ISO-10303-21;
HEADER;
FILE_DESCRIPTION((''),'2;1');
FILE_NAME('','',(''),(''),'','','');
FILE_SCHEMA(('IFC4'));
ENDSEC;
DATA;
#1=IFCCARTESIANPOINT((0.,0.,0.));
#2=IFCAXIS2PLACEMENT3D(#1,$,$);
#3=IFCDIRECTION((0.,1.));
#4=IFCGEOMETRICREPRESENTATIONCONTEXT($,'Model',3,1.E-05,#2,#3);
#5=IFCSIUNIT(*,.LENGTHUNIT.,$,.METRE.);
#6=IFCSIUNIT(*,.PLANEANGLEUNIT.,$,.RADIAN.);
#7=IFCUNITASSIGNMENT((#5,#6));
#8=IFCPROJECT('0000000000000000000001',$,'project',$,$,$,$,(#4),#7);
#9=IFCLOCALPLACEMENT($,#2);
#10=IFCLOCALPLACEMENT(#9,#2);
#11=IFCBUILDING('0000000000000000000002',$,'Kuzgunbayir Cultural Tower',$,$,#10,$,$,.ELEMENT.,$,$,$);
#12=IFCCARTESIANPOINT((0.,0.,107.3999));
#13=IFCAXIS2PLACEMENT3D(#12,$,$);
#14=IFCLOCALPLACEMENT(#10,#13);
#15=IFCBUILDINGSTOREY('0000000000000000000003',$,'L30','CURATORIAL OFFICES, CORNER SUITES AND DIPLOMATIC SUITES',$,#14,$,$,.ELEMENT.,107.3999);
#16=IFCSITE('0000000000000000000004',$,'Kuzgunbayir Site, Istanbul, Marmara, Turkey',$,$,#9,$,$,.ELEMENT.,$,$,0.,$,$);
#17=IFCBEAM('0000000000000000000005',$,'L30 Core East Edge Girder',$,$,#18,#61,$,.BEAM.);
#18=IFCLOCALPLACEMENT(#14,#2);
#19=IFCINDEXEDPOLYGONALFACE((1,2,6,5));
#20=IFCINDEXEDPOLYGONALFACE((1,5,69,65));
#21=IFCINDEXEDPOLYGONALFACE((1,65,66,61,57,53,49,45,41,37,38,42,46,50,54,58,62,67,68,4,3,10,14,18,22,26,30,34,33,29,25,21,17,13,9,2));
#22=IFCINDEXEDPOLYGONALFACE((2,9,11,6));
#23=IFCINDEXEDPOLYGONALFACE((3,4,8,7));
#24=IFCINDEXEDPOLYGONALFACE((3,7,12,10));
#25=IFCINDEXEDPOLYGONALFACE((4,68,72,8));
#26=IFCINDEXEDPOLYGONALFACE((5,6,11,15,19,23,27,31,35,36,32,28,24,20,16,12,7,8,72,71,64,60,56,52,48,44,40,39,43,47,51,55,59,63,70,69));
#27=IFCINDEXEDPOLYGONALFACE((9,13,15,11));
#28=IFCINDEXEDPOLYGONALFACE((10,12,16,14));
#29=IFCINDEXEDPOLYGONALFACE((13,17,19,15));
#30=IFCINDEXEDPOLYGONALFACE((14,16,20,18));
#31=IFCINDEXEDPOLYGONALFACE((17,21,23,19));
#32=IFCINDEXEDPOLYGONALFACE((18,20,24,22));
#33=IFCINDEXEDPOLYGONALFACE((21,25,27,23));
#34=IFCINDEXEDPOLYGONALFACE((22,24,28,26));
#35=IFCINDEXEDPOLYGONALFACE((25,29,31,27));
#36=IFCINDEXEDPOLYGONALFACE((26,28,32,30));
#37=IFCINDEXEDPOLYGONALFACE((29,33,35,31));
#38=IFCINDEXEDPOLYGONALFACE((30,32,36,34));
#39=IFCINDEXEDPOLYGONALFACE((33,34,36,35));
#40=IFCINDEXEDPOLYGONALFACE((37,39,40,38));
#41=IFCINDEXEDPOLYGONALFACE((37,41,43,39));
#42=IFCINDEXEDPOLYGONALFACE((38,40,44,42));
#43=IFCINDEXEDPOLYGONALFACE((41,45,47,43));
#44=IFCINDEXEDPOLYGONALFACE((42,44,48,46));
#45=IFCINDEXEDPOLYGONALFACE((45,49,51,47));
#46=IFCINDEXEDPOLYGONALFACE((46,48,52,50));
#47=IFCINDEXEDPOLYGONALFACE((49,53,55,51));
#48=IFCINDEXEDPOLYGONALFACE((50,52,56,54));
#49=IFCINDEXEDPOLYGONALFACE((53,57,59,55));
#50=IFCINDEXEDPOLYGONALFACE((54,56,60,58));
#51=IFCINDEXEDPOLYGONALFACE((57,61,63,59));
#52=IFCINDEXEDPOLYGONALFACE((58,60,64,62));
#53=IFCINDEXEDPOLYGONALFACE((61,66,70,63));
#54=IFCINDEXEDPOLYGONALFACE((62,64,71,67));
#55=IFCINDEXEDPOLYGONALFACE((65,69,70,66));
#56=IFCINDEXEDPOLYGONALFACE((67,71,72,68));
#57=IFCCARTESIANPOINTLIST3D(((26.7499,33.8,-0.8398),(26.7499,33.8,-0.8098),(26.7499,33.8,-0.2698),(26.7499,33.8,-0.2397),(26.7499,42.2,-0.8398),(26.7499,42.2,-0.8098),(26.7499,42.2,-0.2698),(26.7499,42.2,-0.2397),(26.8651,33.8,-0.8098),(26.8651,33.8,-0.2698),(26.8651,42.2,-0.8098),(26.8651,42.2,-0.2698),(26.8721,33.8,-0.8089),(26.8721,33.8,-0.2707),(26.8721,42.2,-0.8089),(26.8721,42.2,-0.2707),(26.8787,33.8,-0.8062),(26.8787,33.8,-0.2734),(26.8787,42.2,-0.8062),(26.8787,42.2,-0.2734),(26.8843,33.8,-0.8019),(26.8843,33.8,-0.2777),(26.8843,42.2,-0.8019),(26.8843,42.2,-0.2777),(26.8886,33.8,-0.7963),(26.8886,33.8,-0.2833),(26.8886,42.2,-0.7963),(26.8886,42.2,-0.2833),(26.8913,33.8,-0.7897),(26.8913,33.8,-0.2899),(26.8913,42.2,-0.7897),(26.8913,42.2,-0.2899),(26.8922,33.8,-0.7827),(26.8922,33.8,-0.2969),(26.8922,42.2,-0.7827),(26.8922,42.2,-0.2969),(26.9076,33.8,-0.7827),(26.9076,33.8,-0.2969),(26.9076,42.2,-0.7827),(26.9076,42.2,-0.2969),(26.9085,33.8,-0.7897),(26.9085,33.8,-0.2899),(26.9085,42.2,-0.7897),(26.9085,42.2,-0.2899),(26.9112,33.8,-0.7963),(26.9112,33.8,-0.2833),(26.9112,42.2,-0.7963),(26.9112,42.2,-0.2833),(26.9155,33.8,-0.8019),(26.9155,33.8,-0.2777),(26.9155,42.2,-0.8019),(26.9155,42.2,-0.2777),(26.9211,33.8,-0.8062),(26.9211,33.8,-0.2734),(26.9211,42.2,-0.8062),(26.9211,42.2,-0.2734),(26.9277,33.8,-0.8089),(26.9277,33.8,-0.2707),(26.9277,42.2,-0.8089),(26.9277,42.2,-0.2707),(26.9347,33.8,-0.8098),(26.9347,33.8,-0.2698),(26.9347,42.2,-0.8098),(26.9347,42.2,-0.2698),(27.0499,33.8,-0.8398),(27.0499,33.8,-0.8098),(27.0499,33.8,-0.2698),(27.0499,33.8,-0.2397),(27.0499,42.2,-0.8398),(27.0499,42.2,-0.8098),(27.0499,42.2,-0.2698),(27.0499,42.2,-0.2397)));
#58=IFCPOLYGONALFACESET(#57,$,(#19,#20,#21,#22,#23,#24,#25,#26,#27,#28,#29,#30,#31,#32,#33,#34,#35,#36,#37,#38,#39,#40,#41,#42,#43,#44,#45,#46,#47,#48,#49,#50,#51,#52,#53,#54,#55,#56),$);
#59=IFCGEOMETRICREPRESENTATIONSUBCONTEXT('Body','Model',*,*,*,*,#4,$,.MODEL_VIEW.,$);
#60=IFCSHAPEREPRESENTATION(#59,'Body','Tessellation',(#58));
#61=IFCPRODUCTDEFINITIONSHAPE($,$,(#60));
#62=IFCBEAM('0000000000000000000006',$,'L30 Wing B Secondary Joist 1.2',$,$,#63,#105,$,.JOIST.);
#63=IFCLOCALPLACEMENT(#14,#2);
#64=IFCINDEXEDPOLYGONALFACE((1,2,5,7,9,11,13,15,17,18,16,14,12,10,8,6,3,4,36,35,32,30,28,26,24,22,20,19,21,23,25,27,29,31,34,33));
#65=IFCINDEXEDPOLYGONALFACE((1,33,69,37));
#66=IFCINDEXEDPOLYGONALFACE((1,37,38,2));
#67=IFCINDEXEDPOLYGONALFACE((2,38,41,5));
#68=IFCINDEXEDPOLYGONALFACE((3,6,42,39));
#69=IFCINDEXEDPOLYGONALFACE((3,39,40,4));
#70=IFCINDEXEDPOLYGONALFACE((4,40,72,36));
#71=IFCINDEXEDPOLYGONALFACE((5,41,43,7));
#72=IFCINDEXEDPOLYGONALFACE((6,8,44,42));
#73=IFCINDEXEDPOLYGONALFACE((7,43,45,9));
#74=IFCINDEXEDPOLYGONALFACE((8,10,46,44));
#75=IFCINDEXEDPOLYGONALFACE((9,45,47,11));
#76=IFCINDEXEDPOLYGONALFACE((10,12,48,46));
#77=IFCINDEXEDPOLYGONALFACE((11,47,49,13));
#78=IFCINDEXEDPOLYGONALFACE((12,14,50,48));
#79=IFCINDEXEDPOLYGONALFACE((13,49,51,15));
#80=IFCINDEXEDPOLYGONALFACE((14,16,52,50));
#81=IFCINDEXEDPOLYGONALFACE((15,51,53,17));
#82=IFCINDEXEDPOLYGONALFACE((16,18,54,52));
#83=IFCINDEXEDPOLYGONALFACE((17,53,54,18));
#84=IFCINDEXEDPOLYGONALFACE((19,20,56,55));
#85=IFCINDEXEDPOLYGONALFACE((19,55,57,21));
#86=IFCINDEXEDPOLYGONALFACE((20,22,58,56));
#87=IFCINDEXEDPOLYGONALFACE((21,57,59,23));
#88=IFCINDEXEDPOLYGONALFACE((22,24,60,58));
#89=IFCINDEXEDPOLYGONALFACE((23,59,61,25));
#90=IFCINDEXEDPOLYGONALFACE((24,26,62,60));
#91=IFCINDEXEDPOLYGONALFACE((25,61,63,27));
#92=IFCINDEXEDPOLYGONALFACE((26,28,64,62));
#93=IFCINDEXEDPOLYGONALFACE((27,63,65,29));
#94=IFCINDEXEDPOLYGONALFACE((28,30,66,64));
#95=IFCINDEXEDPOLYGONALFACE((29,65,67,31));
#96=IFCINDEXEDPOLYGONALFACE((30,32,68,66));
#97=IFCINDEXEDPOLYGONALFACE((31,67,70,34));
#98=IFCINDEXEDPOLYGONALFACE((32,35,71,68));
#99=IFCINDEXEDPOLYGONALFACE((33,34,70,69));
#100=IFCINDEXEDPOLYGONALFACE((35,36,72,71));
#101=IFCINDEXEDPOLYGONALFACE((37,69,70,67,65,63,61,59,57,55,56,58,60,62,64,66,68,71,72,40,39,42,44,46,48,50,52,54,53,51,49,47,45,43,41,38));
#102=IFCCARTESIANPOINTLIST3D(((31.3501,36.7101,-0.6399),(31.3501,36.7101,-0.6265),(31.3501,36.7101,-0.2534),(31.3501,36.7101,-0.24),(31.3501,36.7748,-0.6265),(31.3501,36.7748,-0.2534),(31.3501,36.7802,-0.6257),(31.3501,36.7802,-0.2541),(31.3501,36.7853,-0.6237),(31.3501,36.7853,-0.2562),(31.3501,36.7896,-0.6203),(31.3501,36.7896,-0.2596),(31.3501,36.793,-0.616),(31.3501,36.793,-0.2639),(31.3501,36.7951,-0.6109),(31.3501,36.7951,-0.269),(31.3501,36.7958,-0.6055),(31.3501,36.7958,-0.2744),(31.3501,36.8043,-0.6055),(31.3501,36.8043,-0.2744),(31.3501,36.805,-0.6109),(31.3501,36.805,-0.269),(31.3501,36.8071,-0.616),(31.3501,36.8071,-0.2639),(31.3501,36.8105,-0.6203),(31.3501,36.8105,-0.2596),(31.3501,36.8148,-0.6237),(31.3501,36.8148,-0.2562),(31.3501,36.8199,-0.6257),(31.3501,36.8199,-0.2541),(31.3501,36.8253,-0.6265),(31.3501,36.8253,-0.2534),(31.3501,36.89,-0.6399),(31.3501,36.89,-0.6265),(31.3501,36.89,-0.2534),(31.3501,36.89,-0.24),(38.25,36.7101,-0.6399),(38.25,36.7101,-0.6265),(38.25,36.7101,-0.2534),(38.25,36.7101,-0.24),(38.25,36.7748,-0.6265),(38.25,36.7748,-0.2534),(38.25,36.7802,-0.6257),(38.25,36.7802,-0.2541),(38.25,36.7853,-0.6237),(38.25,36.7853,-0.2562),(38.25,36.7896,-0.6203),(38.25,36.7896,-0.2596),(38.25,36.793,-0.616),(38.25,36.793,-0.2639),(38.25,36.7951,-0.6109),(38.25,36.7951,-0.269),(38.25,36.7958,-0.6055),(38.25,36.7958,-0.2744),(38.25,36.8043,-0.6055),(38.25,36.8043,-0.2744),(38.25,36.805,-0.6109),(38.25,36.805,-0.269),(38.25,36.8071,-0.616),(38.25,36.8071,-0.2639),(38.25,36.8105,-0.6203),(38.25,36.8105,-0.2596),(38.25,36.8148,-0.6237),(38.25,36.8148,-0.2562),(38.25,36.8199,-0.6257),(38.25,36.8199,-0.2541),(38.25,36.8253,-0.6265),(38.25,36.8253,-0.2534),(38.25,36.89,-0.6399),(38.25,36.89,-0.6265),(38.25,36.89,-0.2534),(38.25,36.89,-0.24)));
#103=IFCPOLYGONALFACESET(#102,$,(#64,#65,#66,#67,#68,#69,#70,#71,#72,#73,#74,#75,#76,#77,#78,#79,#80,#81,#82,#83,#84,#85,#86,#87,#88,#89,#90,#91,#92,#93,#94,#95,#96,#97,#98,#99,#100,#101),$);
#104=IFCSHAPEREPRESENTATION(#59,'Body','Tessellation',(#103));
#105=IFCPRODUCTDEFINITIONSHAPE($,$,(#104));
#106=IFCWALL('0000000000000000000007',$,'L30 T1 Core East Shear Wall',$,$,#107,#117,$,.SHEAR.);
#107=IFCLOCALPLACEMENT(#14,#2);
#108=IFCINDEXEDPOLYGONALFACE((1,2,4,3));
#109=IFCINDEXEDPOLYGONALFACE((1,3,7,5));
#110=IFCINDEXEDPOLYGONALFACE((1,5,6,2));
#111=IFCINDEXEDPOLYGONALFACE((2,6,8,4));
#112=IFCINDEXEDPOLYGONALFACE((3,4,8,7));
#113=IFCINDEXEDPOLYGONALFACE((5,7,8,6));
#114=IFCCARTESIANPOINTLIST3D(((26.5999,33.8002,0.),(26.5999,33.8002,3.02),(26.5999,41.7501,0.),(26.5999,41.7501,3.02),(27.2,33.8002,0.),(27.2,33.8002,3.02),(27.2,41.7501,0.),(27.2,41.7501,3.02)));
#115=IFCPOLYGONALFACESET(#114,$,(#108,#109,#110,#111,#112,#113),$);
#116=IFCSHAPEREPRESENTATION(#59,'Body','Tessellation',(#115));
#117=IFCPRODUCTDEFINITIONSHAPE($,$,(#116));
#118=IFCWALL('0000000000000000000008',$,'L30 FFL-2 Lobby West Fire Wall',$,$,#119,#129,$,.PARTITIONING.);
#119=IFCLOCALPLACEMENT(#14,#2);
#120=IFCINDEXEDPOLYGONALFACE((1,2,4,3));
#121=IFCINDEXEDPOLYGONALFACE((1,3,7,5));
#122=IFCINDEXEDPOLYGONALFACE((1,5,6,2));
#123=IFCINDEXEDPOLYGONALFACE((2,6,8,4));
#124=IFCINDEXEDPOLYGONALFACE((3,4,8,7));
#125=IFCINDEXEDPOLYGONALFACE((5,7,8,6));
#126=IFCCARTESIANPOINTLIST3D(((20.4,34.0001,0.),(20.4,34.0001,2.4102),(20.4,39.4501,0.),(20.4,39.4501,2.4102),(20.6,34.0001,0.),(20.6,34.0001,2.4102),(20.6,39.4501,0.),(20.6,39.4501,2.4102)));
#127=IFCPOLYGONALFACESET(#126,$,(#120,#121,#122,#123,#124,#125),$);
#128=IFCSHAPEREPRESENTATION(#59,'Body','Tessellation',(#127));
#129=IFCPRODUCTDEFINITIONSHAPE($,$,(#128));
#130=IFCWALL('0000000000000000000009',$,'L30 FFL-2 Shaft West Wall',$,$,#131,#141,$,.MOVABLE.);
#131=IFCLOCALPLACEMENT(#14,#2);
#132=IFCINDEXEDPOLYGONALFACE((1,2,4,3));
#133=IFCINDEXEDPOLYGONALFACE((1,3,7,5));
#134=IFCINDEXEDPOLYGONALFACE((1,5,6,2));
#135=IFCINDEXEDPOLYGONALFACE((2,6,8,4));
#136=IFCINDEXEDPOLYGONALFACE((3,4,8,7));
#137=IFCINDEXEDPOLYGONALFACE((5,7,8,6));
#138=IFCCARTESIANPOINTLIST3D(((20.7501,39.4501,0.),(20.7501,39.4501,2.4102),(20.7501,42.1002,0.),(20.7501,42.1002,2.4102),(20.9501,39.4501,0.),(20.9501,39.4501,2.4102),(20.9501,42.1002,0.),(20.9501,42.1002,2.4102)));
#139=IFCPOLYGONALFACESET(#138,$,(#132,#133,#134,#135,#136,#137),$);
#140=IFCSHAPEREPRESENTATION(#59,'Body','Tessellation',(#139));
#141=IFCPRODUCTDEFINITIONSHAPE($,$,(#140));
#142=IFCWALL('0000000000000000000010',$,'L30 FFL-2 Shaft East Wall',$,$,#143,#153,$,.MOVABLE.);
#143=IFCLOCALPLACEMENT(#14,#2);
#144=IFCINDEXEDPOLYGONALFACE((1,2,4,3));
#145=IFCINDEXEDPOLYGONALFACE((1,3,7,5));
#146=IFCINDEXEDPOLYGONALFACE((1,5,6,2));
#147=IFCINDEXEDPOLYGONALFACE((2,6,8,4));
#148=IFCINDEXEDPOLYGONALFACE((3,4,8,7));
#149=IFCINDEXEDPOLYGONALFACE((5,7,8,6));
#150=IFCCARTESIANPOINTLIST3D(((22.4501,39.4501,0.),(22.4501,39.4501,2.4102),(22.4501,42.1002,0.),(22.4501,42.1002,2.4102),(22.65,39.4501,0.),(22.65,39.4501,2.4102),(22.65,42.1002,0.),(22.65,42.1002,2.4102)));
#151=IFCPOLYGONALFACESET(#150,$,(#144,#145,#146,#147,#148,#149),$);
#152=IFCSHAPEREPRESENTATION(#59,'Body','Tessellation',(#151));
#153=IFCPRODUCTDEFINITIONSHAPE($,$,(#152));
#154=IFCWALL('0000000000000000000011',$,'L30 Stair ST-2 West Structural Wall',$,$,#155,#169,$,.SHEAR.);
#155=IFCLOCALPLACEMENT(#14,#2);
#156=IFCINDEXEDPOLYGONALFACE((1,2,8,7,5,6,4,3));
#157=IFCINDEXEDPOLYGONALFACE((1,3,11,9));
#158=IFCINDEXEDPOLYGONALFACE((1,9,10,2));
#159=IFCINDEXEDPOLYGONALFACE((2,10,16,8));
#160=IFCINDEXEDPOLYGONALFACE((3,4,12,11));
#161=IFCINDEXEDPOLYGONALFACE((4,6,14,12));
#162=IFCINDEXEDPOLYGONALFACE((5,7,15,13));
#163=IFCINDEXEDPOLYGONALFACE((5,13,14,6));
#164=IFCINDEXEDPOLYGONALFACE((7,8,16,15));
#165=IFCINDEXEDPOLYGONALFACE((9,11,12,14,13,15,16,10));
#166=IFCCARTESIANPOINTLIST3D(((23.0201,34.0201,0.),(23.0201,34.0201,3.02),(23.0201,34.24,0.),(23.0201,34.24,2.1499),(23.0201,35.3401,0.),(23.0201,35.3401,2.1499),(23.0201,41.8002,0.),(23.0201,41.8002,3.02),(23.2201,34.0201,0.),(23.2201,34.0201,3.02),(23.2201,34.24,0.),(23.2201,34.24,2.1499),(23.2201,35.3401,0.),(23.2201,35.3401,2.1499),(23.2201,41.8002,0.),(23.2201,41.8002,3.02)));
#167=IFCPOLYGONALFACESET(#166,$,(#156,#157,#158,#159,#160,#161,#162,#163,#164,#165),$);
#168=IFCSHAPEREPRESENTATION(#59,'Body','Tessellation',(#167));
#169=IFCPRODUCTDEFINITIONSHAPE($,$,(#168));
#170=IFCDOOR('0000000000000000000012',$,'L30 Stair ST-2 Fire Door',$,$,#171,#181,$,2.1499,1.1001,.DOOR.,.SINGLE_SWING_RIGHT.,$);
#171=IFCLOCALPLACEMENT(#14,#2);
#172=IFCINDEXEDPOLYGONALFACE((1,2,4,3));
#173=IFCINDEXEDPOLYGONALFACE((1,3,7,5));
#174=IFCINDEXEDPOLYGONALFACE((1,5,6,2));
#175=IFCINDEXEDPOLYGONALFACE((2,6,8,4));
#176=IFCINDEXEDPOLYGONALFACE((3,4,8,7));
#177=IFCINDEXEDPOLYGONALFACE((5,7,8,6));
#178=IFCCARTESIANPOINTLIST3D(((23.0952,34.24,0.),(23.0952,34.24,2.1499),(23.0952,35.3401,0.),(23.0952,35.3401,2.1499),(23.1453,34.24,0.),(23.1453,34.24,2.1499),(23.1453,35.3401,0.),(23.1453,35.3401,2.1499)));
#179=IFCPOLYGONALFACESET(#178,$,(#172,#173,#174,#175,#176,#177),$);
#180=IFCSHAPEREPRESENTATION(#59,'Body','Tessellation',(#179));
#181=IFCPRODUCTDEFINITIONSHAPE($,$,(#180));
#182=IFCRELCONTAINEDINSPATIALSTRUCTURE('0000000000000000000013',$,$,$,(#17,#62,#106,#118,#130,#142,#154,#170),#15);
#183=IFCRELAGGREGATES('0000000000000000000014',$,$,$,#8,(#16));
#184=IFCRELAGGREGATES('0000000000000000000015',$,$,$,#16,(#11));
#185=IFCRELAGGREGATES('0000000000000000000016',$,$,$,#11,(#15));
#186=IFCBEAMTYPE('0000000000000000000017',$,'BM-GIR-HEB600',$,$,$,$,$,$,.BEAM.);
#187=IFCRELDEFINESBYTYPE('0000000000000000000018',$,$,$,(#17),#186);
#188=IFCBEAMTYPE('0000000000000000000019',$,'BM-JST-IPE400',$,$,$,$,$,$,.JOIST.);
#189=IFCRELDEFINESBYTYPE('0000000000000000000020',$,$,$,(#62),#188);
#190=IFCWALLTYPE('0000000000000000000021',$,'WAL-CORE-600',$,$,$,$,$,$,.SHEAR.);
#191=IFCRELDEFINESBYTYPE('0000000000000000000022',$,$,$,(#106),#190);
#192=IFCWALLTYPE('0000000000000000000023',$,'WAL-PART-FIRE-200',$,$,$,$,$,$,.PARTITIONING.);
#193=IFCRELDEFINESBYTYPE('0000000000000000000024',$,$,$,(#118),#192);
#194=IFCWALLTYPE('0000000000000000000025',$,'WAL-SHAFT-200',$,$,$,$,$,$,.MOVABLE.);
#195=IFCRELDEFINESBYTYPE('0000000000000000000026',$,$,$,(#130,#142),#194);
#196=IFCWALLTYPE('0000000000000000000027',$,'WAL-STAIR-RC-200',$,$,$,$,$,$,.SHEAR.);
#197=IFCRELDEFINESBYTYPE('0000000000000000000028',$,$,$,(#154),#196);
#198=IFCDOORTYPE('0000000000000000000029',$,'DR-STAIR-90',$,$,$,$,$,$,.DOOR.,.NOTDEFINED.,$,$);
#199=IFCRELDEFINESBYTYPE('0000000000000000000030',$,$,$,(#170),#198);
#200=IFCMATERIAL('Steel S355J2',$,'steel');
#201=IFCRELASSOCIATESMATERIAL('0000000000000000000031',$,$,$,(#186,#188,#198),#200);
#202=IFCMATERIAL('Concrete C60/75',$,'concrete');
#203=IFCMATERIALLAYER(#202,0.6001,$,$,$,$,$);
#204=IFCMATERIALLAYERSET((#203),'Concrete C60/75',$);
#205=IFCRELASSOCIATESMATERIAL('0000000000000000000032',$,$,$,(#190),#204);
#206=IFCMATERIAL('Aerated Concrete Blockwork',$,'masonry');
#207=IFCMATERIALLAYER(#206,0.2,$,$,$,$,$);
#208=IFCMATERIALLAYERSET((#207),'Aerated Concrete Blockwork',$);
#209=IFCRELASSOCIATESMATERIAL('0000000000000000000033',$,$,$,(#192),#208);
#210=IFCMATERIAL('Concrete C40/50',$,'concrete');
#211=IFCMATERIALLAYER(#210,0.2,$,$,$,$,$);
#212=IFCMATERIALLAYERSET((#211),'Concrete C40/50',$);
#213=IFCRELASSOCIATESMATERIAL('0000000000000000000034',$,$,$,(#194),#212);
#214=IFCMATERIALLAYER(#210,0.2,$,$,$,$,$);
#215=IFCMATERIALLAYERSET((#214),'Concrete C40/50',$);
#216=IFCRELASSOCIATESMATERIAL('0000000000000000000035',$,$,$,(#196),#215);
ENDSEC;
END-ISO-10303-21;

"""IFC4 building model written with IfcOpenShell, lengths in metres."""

from ifc_helpers import new_model, si_unit, direction, frame, frame_2d, origin, origin_2d, place, context, subcontext, project, spatial, rectangle, i_section, extrude, material, layer, layer_set, material_profile, profile_set, type_object, element, fill, save


model = new_model("IFC4")

# Units and contexts
model_context = context("Model", 3, precision=1e-05, world=origin(), true_north=direction((0.0, 1.0)))
body_context = subcontext(model_context, "Body", "Model", "MODEL_VIEW")
ifc_project = project(units=[si_unit("LENGTHUNIT", "METRE"), si_unit("PLANEANGLEUNIT", "RADIAN")], contexts=[model_context])

# Site, building, storey
site_placement = place(None, origin())
site = spatial("IfcSite", under=ifc_project, at=site_placement, Name="Kuzgunbayir Site, Istanbul, Marmara, Turkey", CompositionType="ELEMENT", RefElevation=0.0)
building_placement = place(site_placement, origin())
building = spatial("IfcBuilding", under=site, at=building_placement, Name="Kuzgunbayir Cultural Tower", CompositionType="ELEMENT")
storey_placement = place(building_placement, frame((0.0, 0.0, 107.3999)))
storey = spatial("IfcBuildingStorey", under=building, at=storey_placement, Name="L30", Description="CURATORIAL OFFICES, CORNER SUITES AND DIPLOMATIC SUITES", CompositionType="ELEMENT", Elevation=107.3999)

# Beams
ifc_material_1 = material(Name="Steel S355J2", Category="steel")
ifc_material_profile_1 = material_profile(ifc_material_1, i_section(OverallWidth=0.3, OverallDepth=0.6001, WebThickness=0.0154, FlangeThickness=0.03, FilletRadius=0.0271, at=origin_2d()), Name="HEB 600")
ifc_profile_set_1 = profile_set([ifc_material_profile_1], Name="Steel S355J2")
beam_type_1 = type_object("IfcBeamType", Name="BM-GIR-HEB600", PredefinedType="BEAM", material=ifc_profile_set_1)
beam_1_placement = place(storey_placement, frame((26.8999, 33.8, -0.5398), z_axis=(0.0, 1.0, 0.0), x_axis=(-1.0, 0.0, 0.0)))
element("IfcBeam", 1, at=beam_1_placement, inside=storey, type_object=beam_type_1, Name="L30 Core East Edge Girder", PredefinedType="BEAM", context=body_context, shape_type="SweptSolid", body=[
    extrude(i_section(OverallWidth=0.3, OverallDepth=0.6001, WebThickness=0.0154, FlangeThickness=0.03, FilletRadius=0.0271, at=origin_2d()), origin(), (0.0, 0.0, 1.0), 8.3999),
])
ifc_material_profile_2 = material_profile(ifc_material_1, i_section(OverallWidth=0.1799, OverallDepth=0.3999, WebThickness=0.0085, FlangeThickness=0.0134, FilletRadius=0.021, at=origin_2d()), Name="IPE 400")
ifc_profile_set_2 = profile_set([ifc_material_profile_2], Name="Steel S355J2")
beam_type_2 = type_object("IfcBeamType", Name="BM-JST-IPE400", PredefinedType="JOIST", material=ifc_profile_set_2)
beam_2_placement = place(storey_placement, frame((31.3501, 36.8, -0.4399), z_axis=(1.0, 0.0, 0.0), x_axis=(0.0, 1.0, 0.0)))
element("IfcBeam", 2, at=beam_2_placement, inside=storey, type_object=beam_type_2, Name="L30 Wing B Secondary Joist 1.2", PredefinedType="JOIST", context=body_context, shape_type="SweptSolid", body=[
    extrude(i_section(OverallWidth=0.1799, OverallDepth=0.3999, WebThickness=0.0085, FlangeThickness=0.0134, FilletRadius=0.021, at=origin_2d()), origin(), (0.0, 0.0, 1.0), 6.8999),
])

# Walls
ifc_material_2 = material(Name="Concrete C60/75", Category="concrete")
ifc_layer_1 = layer(ifc_material_2, 0.6001)
ifc_layer_set_1 = layer_set([ifc_layer_1], Name="Concrete C60/75")
wall_type_1 = type_object("IfcWallType", Name="WAL-CORE-600", PredefinedType="SHEAR", material=ifc_layer_set_1)
wall_1_placement = place(storey_placement, frame((26.8999, 33.8, 0.0), z_axis=(0.0, 0.0, 1.0), x_axis=(0.0, 1.0, 0.0)))
element("IfcWall", 3, at=wall_1_placement, inside=storey, type_object=wall_type_1, Name="L30 T1 Core East Shear Wall", PredefinedType="SHEAR", context=body_context, shape_type="SweptSolid", body=[
    extrude(rectangle(XDim=7.95, YDim=0.6001, at=frame_2d((3.9751, 0.0))), origin(), (0.0, 0.0, 1.0), 3.02),
])
ifc_material_3 = material(Name="Aerated Concrete Blockwork", Category="masonry")
ifc_layer_2 = layer(ifc_material_3, 0.2)
ifc_layer_set_2 = layer_set([ifc_layer_2], Name="Aerated Concrete Blockwork")
wall_type_2 = type_object("IfcWallType", Name="WAL-PART-FIRE-200", PredefinedType="PARTITIONING", material=ifc_layer_set_2)
wall_2_placement = place(storey_placement, frame((20.5, 34.0, 0.0), z_axis=(0.0, 0.0, 1.0), x_axis=(0.0, 1.0, 0.0)))
element("IfcWall", 4, at=wall_2_placement, inside=storey, type_object=wall_type_2, Name="L30 FFL-2 Lobby West Fire Wall", PredefinedType="PARTITIONING", context=body_context, shape_type="SweptSolid", body=[
    extrude(rectangle(XDim=5.45, YDim=0.2, at=frame_2d((2.7251, 0.0))), origin(), (0.0, 0.0, 1.0), 2.4102),
])

# Shared definitions
ifc_material_4 = material(Name="Concrete C40/50", Category="concrete")
ifc_layer_3 = layer(ifc_material_4, 0.2)
ifc_layer_set_3 = layer_set([ifc_layer_3], Name="Concrete C40/50")
wall_type_3 = type_object("IfcWallType", Name="WAL-SHAFT-200", PredefinedType="MOVABLE", material=ifc_layer_set_3)

# Walls
for number, where, z_axis, x_axis, name in (
    (5, (20.8501, 39.45, 0.0), (0.0, 0.0, 1.0), (0.0, 1.0, 0.0), "L30 FFL-2 Shaft West Wall"),
    (6, (22.55, 39.45, 0.0), (0.0, 0.0, 1.0), (0.0, 1.0, 0.0), "L30 FFL-2 Shaft East Wall"),
):
    element("IfcWall", number, at=place(storey_placement, frame(where, z_axis=z_axis, x_axis=x_axis)), inside=storey, type_object=wall_type_3, Name=name, PredefinedType="MOVABLE", context=body_context, shape_type="SweptSolid", body=[
        extrude(rectangle(XDim=2.6501, YDim=0.2, at=frame_2d((1.3252, 0.0))), origin(), (0.0, 0.0, 1.0), 2.4102),
    ])

# Wall, opening, door
ifc_layer_4 = layer(ifc_material_4, 0.2)
ifc_layer_set_4 = layer_set([ifc_layer_4], Name="Concrete C40/50")
wall_type_4 = type_object("IfcWallType", Name="WAL-STAIR-RC-200", PredefinedType="SHEAR", material=ifc_layer_set_4)
wall_3_placement = place(storey_placement, frame((23.1201, 34.02, 0.0), z_axis=(0.0, 0.0, 1.0), x_axis=(0.0, 1.0, 0.0)))
wall_3 = element("IfcWall", 7, at=wall_3_placement, inside=storey, type_object=wall_type_4, Name="L30 Stair ST-2 West Structural Wall", PredefinedType="SHEAR", context=body_context, shape_type="SweptSolid", body=[
    extrude(rectangle(XDim=7.78, YDim=0.2, at=frame_2d((3.8901, 0.0))), origin(), (0.0, 0.0, 1.0), 3.02),
])
opening_1_placement = place(wall_3_placement, frame((0.22, 0.0, 0.0)))
opening_1 = element("IfcOpeningElement", 8, at=opening_1_placement, cuts=wall_3, PredefinedType="OPENING", context=body_context, shape_type="SweptSolid", body=[
    extrude(rectangle(XDim=1.1001, YDim=2.1499, at=frame_2d((0.55, 1.075))), frame((0.0, 0.1099, 0.0), z_axis=(0.0, -1.0, 0.0), x_axis=(1.0, 0.0, 0.0)), (0.0, 0.0, 1.0), 0.22),
])
door_type_1 = type_object("IfcDoorType", Name="DR-STAIR-90", OperationType="NOTDEFINED", PredefinedType="DOOR", material=ifc_material_1)
door_1_placement = place(opening_1_placement, origin())
door_1 = element("IfcDoor", 9, at=door_1_placement, inside=storey, type_object=door_type_1, Name="L30 Stair ST-2 Fire Door", OperationType="SINGLE_SWING_RIGHT", OverallHeight=2.1499, OverallWidth=1.1001, PredefinedType="DOOR", context=body_context, shape_type="SweptSolid", body=[
    extrude(rectangle(XDim=1.1001, YDim=2.1499, at=frame_2d((0.55, 1.075))), frame((0.0, 0.0249, 0.0), z_axis=(0.0, -1.0, 0.0), x_axis=(1.0, 0.0, 0.0)), (0.0, 0.0, 1.0), 0.05),
])
fill(opening_1, door_1)

save(model, "model.ifc")
